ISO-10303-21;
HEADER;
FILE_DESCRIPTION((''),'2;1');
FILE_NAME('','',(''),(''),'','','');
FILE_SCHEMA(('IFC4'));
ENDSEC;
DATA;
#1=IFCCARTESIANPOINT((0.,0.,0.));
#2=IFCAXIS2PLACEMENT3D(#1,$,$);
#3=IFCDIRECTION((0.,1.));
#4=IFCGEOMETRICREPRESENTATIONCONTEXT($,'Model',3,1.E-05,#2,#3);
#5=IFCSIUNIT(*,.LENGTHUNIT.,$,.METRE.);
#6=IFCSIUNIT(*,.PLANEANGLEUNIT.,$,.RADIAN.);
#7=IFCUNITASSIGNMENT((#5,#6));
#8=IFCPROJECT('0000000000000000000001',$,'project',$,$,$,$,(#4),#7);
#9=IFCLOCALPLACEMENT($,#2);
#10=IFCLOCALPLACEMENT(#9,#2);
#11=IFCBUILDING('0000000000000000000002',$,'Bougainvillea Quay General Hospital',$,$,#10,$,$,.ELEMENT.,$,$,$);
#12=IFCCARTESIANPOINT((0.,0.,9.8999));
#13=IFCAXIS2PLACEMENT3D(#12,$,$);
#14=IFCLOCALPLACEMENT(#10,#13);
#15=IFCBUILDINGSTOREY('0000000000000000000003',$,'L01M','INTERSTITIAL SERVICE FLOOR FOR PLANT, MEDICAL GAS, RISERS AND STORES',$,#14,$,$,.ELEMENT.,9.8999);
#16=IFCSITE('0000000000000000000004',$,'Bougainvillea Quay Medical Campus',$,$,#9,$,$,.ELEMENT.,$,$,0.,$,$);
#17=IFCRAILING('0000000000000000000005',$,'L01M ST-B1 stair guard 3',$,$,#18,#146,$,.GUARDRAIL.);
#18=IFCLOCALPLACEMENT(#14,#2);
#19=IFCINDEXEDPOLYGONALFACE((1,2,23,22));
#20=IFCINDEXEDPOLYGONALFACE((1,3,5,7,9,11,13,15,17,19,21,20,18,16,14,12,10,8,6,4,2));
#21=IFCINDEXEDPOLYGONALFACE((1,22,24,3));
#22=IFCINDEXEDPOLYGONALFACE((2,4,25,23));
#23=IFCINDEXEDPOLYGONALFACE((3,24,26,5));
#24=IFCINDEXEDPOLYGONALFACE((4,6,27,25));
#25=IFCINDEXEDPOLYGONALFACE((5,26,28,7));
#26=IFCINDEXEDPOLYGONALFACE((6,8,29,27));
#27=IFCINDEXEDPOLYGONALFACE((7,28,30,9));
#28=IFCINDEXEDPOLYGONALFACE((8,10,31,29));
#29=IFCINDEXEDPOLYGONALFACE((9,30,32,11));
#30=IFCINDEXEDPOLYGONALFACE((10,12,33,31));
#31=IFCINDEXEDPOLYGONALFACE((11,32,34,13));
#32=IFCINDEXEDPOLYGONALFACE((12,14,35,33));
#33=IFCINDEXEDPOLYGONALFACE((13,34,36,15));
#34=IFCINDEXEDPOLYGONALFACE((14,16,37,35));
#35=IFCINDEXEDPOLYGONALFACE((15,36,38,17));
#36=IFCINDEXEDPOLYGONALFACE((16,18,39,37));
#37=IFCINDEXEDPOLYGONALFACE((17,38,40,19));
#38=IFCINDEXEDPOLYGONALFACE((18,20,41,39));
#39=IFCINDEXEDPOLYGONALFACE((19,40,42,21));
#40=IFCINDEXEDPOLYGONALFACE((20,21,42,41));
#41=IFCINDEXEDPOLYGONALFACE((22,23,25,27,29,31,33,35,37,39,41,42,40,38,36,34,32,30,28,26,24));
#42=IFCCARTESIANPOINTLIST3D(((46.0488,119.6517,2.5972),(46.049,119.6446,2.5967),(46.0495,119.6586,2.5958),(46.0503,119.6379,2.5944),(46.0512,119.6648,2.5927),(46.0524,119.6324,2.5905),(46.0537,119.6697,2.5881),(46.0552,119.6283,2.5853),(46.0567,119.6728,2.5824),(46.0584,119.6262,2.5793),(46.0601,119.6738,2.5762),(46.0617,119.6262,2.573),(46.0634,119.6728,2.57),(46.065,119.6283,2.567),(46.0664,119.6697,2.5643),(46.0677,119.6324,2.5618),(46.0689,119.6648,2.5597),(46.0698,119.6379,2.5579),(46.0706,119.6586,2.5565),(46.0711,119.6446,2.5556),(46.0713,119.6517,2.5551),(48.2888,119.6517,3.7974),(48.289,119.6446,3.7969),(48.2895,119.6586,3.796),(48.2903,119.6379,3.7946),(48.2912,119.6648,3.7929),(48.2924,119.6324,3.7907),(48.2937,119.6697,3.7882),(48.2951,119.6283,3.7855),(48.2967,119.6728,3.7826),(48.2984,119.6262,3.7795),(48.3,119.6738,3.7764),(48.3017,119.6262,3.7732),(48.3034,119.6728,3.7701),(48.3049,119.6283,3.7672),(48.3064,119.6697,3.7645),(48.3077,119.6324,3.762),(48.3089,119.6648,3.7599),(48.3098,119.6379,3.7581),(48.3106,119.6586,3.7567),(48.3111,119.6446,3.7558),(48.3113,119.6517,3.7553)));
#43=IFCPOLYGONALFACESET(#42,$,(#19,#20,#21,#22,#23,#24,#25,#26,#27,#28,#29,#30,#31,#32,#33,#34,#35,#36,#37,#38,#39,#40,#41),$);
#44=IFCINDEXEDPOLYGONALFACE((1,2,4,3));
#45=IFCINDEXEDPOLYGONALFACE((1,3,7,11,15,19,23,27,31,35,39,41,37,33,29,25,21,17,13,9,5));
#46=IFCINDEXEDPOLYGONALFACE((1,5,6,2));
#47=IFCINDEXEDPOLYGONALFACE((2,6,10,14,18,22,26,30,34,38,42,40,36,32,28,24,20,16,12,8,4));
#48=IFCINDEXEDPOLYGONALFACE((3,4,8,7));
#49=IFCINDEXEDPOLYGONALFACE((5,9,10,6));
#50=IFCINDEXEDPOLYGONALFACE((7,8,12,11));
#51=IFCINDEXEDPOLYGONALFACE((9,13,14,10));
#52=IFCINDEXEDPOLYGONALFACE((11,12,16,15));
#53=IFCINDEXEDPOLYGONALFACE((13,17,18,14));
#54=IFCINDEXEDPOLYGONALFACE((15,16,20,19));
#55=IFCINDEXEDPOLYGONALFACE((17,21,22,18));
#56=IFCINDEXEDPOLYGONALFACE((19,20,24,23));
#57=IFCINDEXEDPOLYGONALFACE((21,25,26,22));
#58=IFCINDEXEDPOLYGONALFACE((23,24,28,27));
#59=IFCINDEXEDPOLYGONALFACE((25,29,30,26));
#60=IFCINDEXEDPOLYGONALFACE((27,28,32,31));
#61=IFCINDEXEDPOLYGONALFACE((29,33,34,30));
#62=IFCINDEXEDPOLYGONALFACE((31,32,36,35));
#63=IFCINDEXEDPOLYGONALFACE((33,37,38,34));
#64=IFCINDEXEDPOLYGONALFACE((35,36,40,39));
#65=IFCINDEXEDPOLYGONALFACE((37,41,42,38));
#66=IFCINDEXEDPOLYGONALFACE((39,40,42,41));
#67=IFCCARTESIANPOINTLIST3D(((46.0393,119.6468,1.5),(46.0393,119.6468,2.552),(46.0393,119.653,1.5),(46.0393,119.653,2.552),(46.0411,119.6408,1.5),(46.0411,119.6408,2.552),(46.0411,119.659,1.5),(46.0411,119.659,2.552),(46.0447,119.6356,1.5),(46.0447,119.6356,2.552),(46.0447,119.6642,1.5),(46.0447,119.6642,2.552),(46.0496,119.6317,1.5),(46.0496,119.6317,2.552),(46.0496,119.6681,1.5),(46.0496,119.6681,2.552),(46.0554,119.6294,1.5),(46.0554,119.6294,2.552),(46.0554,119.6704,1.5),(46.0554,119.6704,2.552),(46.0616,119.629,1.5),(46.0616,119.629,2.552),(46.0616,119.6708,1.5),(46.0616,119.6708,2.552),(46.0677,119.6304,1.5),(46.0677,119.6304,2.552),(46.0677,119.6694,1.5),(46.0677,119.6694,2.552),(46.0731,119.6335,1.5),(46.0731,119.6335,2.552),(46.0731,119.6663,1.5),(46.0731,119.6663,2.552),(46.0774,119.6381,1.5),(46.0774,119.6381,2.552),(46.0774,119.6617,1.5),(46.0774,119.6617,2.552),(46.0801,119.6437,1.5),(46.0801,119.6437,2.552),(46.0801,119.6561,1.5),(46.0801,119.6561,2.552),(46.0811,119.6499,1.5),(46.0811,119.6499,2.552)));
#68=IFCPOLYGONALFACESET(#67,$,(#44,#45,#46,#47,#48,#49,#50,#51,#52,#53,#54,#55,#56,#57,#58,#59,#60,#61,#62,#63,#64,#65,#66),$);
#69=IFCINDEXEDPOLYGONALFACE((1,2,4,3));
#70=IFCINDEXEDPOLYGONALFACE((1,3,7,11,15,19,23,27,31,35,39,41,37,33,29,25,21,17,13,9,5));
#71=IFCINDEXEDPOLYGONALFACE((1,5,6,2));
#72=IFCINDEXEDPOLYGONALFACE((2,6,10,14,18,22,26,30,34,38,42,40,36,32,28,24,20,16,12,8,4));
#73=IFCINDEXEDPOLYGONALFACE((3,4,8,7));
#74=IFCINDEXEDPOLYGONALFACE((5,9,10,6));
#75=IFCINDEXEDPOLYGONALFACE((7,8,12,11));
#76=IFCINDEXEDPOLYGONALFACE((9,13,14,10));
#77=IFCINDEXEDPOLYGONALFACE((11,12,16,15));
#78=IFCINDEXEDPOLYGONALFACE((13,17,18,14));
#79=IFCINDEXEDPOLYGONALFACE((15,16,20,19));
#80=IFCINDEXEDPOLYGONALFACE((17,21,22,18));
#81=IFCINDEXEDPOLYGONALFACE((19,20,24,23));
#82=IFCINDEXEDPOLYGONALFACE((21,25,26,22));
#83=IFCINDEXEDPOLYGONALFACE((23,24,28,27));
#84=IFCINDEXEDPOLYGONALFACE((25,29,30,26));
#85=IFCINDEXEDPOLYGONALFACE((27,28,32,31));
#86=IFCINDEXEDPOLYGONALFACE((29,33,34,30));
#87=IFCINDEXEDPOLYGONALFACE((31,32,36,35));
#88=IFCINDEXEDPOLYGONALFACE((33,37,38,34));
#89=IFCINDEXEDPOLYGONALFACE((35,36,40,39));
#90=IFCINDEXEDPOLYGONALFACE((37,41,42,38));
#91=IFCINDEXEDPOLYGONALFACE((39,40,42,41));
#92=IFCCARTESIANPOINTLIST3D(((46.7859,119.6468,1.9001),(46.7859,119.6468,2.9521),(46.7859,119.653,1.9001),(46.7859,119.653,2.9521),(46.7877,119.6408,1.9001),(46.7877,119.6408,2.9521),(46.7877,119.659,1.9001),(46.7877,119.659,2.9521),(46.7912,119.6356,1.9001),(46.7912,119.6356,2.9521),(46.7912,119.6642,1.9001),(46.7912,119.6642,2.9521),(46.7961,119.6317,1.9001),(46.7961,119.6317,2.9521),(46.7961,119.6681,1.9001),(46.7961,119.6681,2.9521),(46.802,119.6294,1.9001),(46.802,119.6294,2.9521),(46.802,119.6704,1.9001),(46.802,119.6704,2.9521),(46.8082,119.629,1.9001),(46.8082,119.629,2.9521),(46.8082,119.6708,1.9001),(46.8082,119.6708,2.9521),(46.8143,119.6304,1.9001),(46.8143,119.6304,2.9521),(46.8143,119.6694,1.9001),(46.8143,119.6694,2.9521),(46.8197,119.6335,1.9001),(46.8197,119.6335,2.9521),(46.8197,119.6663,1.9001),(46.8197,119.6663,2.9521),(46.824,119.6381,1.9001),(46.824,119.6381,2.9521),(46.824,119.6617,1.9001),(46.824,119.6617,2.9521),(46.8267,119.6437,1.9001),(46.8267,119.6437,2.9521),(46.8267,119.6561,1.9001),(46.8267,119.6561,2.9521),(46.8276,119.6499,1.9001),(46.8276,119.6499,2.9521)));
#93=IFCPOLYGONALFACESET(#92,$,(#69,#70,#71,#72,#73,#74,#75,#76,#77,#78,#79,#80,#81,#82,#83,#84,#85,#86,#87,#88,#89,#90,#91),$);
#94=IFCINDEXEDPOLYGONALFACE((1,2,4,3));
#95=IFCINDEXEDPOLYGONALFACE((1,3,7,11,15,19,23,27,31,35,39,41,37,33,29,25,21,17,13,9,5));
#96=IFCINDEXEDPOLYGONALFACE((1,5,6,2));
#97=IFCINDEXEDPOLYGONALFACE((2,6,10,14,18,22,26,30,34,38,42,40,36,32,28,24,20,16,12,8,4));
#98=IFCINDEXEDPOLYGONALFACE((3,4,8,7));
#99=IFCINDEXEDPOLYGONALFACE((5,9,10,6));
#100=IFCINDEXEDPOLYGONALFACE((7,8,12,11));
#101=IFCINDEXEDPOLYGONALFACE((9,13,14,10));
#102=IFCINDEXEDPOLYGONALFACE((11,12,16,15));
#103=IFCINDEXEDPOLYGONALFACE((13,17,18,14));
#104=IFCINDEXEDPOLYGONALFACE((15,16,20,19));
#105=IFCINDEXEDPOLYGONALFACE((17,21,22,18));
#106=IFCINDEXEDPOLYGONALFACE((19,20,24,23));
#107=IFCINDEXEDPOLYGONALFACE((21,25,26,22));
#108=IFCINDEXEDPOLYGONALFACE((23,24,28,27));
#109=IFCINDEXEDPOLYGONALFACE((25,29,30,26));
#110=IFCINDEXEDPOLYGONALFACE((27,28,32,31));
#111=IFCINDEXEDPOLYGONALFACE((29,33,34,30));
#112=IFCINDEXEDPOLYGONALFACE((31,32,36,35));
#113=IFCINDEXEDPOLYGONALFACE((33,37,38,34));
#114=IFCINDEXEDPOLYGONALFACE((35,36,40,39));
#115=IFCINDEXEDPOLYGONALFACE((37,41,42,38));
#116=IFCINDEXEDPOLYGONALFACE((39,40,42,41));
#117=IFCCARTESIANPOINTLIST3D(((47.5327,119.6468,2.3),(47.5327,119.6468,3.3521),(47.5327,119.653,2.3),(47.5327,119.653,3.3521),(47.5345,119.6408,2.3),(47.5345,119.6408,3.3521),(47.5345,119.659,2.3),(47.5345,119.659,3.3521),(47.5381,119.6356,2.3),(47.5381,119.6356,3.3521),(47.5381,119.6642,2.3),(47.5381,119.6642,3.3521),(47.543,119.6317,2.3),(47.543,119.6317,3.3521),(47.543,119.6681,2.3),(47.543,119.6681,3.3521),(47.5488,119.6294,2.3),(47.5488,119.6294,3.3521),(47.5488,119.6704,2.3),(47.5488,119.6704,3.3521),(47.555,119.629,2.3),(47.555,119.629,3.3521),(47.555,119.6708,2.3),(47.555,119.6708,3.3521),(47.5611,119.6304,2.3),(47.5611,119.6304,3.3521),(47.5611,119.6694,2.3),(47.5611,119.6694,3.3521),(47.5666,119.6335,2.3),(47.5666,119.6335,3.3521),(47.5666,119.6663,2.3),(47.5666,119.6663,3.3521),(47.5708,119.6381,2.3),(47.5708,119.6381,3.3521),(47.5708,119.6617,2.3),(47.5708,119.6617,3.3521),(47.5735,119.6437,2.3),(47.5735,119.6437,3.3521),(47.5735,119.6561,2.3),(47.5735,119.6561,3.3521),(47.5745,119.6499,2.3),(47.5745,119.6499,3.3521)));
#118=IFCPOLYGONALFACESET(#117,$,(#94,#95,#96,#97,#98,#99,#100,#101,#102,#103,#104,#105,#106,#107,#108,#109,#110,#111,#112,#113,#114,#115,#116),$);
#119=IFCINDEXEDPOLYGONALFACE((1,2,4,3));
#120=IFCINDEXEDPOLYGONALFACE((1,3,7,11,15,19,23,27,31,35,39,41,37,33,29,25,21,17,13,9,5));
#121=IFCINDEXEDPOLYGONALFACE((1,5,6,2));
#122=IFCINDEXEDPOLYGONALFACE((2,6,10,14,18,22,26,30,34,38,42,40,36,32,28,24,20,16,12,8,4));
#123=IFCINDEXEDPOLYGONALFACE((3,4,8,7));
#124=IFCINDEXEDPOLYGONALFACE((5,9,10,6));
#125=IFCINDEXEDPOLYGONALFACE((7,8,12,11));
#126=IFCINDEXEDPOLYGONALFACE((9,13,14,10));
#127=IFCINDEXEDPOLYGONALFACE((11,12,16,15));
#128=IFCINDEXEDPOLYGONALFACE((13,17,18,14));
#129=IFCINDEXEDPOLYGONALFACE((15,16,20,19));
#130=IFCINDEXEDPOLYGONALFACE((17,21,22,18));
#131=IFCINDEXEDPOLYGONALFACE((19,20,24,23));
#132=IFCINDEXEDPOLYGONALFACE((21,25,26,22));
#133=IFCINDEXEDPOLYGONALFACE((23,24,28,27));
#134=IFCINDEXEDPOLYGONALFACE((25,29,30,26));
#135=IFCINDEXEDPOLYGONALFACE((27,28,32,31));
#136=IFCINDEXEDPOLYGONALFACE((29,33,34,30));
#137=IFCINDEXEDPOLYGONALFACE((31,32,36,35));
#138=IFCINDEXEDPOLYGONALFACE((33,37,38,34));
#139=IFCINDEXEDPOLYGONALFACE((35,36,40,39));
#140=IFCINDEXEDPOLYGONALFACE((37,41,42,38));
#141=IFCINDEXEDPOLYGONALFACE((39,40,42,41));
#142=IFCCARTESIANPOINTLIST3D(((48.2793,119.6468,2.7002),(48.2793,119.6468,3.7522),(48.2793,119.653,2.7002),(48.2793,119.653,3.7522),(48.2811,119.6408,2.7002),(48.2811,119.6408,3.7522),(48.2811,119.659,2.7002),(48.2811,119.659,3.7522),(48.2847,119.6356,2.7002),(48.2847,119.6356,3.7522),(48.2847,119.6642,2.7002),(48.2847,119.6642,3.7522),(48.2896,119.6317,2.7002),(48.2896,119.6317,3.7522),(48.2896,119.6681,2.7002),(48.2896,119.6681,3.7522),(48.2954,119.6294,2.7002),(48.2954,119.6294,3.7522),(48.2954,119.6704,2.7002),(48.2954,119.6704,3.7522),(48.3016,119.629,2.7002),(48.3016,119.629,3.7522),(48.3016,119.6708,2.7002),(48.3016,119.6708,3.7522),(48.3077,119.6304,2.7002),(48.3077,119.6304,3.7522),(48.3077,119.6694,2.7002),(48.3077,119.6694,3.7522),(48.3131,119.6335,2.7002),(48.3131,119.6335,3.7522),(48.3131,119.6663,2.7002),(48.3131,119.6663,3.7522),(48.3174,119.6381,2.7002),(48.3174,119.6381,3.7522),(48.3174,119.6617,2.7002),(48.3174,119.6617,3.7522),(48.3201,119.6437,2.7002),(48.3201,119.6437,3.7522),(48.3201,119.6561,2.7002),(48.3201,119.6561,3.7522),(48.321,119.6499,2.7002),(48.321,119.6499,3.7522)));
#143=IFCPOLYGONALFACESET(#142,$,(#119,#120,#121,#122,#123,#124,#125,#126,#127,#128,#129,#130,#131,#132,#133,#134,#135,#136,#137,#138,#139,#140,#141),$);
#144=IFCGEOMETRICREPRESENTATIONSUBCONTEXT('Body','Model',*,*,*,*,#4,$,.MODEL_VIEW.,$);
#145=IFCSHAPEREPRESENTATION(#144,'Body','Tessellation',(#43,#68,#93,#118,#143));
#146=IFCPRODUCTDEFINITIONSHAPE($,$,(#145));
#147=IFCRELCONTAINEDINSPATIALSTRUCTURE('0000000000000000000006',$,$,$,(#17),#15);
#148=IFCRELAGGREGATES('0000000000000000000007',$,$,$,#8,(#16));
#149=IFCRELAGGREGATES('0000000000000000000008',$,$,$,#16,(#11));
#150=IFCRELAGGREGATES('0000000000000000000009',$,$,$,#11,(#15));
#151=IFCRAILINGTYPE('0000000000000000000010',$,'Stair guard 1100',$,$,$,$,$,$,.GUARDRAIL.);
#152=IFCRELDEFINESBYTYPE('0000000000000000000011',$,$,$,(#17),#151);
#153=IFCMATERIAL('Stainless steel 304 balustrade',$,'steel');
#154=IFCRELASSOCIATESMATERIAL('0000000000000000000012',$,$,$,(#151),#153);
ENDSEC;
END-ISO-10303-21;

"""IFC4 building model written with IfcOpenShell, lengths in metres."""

from ifc_helpers import new_model, si_unit, direction, frame, origin, origin_2d, place, context, subcontext, project, spatial, circle, extrude, material, type_object, element, save


model = new_model("IFC4")

# Units and contexts
model_context = context("Model", 3, precision=1e-05, world=origin(), true_north=direction((0.0, 1.0)))
body_context = subcontext(model_context, "Body", "Model", "MODEL_VIEW")
ifc_project = project(units=[si_unit("LENGTHUNIT", "METRE"), si_unit("PLANEANGLEUNIT", "RADIAN")], contexts=[model_context])

# Site, building, storey
site_placement = place(None, origin())
site = spatial("IfcSite", under=ifc_project, at=site_placement, Name="Bougainvillea Quay Medical Campus", CompositionType="ELEMENT", RefElevation=0.0)
building_placement = place(site_placement, origin())
building = spatial("IfcBuilding", under=site, at=building_placement, Name="Bougainvillea Quay General Hospital", CompositionType="ELEMENT")
storey_placement = place(building_placement, frame((0.0, 0.0, 9.8999)))
storey = spatial("IfcBuildingStorey", under=building, at=storey_placement, Name="L01M", Description="INTERSTITIAL SERVICE FLOOR FOR PLANT, MEDICAL GAS, RISERS AND STORES", CompositionType="ELEMENT", Elevation=9.8999)

# Railing
ifc_material_1 = material(Name="Stainless steel 304 balustrade", Category="steel")
railing_type_1 = type_object("IfcRailingType", Name="Stair guard 1100", PredefinedType="GUARDRAIL", material=ifc_material_1)
railing_1_placement = place(storey_placement, frame((46.0601, 119.6499, 1.5)))
element("IfcRailing", 1, at=railing_1_placement, inside=storey, type_object=railing_type_1, Name="L01M ST-B1 stair guard 3", PredefinedType="GUARDRAIL", context=body_context, shape_type="SweptSolid", body=[
    extrude(circle(Radius=0.0239, at=origin_2d()), frame((0.0, 0.0, 1.0762), z_axis=(0.881447, 0.0, 0.472283), x_axis=(0.0, 1.0, 0.0)), (0.0, 0.0, 1.0), 2.5413),
    extrude(circle(Radius=0.021, at=origin_2d()), origin(), (0.0, 0.0, 1.0), 1.052),
    extrude(circle(Radius=0.021, at=origin_2d()), frame((0.7466, 0.0, 0.4001)), (0.0, 0.0, 1.0), 1.052),
    extrude(circle(Radius=0.021, at=origin_2d()), frame((1.4934, 0.0, 0.8)), (0.0, 0.0, 1.0), 1.052),
    extrude(circle(Radius=0.021, at=origin_2d()), frame((2.24, 0.0, 1.2002)), (0.0, 0.0, 1.0), 1.052),
])

save(model, "model.ifc")
